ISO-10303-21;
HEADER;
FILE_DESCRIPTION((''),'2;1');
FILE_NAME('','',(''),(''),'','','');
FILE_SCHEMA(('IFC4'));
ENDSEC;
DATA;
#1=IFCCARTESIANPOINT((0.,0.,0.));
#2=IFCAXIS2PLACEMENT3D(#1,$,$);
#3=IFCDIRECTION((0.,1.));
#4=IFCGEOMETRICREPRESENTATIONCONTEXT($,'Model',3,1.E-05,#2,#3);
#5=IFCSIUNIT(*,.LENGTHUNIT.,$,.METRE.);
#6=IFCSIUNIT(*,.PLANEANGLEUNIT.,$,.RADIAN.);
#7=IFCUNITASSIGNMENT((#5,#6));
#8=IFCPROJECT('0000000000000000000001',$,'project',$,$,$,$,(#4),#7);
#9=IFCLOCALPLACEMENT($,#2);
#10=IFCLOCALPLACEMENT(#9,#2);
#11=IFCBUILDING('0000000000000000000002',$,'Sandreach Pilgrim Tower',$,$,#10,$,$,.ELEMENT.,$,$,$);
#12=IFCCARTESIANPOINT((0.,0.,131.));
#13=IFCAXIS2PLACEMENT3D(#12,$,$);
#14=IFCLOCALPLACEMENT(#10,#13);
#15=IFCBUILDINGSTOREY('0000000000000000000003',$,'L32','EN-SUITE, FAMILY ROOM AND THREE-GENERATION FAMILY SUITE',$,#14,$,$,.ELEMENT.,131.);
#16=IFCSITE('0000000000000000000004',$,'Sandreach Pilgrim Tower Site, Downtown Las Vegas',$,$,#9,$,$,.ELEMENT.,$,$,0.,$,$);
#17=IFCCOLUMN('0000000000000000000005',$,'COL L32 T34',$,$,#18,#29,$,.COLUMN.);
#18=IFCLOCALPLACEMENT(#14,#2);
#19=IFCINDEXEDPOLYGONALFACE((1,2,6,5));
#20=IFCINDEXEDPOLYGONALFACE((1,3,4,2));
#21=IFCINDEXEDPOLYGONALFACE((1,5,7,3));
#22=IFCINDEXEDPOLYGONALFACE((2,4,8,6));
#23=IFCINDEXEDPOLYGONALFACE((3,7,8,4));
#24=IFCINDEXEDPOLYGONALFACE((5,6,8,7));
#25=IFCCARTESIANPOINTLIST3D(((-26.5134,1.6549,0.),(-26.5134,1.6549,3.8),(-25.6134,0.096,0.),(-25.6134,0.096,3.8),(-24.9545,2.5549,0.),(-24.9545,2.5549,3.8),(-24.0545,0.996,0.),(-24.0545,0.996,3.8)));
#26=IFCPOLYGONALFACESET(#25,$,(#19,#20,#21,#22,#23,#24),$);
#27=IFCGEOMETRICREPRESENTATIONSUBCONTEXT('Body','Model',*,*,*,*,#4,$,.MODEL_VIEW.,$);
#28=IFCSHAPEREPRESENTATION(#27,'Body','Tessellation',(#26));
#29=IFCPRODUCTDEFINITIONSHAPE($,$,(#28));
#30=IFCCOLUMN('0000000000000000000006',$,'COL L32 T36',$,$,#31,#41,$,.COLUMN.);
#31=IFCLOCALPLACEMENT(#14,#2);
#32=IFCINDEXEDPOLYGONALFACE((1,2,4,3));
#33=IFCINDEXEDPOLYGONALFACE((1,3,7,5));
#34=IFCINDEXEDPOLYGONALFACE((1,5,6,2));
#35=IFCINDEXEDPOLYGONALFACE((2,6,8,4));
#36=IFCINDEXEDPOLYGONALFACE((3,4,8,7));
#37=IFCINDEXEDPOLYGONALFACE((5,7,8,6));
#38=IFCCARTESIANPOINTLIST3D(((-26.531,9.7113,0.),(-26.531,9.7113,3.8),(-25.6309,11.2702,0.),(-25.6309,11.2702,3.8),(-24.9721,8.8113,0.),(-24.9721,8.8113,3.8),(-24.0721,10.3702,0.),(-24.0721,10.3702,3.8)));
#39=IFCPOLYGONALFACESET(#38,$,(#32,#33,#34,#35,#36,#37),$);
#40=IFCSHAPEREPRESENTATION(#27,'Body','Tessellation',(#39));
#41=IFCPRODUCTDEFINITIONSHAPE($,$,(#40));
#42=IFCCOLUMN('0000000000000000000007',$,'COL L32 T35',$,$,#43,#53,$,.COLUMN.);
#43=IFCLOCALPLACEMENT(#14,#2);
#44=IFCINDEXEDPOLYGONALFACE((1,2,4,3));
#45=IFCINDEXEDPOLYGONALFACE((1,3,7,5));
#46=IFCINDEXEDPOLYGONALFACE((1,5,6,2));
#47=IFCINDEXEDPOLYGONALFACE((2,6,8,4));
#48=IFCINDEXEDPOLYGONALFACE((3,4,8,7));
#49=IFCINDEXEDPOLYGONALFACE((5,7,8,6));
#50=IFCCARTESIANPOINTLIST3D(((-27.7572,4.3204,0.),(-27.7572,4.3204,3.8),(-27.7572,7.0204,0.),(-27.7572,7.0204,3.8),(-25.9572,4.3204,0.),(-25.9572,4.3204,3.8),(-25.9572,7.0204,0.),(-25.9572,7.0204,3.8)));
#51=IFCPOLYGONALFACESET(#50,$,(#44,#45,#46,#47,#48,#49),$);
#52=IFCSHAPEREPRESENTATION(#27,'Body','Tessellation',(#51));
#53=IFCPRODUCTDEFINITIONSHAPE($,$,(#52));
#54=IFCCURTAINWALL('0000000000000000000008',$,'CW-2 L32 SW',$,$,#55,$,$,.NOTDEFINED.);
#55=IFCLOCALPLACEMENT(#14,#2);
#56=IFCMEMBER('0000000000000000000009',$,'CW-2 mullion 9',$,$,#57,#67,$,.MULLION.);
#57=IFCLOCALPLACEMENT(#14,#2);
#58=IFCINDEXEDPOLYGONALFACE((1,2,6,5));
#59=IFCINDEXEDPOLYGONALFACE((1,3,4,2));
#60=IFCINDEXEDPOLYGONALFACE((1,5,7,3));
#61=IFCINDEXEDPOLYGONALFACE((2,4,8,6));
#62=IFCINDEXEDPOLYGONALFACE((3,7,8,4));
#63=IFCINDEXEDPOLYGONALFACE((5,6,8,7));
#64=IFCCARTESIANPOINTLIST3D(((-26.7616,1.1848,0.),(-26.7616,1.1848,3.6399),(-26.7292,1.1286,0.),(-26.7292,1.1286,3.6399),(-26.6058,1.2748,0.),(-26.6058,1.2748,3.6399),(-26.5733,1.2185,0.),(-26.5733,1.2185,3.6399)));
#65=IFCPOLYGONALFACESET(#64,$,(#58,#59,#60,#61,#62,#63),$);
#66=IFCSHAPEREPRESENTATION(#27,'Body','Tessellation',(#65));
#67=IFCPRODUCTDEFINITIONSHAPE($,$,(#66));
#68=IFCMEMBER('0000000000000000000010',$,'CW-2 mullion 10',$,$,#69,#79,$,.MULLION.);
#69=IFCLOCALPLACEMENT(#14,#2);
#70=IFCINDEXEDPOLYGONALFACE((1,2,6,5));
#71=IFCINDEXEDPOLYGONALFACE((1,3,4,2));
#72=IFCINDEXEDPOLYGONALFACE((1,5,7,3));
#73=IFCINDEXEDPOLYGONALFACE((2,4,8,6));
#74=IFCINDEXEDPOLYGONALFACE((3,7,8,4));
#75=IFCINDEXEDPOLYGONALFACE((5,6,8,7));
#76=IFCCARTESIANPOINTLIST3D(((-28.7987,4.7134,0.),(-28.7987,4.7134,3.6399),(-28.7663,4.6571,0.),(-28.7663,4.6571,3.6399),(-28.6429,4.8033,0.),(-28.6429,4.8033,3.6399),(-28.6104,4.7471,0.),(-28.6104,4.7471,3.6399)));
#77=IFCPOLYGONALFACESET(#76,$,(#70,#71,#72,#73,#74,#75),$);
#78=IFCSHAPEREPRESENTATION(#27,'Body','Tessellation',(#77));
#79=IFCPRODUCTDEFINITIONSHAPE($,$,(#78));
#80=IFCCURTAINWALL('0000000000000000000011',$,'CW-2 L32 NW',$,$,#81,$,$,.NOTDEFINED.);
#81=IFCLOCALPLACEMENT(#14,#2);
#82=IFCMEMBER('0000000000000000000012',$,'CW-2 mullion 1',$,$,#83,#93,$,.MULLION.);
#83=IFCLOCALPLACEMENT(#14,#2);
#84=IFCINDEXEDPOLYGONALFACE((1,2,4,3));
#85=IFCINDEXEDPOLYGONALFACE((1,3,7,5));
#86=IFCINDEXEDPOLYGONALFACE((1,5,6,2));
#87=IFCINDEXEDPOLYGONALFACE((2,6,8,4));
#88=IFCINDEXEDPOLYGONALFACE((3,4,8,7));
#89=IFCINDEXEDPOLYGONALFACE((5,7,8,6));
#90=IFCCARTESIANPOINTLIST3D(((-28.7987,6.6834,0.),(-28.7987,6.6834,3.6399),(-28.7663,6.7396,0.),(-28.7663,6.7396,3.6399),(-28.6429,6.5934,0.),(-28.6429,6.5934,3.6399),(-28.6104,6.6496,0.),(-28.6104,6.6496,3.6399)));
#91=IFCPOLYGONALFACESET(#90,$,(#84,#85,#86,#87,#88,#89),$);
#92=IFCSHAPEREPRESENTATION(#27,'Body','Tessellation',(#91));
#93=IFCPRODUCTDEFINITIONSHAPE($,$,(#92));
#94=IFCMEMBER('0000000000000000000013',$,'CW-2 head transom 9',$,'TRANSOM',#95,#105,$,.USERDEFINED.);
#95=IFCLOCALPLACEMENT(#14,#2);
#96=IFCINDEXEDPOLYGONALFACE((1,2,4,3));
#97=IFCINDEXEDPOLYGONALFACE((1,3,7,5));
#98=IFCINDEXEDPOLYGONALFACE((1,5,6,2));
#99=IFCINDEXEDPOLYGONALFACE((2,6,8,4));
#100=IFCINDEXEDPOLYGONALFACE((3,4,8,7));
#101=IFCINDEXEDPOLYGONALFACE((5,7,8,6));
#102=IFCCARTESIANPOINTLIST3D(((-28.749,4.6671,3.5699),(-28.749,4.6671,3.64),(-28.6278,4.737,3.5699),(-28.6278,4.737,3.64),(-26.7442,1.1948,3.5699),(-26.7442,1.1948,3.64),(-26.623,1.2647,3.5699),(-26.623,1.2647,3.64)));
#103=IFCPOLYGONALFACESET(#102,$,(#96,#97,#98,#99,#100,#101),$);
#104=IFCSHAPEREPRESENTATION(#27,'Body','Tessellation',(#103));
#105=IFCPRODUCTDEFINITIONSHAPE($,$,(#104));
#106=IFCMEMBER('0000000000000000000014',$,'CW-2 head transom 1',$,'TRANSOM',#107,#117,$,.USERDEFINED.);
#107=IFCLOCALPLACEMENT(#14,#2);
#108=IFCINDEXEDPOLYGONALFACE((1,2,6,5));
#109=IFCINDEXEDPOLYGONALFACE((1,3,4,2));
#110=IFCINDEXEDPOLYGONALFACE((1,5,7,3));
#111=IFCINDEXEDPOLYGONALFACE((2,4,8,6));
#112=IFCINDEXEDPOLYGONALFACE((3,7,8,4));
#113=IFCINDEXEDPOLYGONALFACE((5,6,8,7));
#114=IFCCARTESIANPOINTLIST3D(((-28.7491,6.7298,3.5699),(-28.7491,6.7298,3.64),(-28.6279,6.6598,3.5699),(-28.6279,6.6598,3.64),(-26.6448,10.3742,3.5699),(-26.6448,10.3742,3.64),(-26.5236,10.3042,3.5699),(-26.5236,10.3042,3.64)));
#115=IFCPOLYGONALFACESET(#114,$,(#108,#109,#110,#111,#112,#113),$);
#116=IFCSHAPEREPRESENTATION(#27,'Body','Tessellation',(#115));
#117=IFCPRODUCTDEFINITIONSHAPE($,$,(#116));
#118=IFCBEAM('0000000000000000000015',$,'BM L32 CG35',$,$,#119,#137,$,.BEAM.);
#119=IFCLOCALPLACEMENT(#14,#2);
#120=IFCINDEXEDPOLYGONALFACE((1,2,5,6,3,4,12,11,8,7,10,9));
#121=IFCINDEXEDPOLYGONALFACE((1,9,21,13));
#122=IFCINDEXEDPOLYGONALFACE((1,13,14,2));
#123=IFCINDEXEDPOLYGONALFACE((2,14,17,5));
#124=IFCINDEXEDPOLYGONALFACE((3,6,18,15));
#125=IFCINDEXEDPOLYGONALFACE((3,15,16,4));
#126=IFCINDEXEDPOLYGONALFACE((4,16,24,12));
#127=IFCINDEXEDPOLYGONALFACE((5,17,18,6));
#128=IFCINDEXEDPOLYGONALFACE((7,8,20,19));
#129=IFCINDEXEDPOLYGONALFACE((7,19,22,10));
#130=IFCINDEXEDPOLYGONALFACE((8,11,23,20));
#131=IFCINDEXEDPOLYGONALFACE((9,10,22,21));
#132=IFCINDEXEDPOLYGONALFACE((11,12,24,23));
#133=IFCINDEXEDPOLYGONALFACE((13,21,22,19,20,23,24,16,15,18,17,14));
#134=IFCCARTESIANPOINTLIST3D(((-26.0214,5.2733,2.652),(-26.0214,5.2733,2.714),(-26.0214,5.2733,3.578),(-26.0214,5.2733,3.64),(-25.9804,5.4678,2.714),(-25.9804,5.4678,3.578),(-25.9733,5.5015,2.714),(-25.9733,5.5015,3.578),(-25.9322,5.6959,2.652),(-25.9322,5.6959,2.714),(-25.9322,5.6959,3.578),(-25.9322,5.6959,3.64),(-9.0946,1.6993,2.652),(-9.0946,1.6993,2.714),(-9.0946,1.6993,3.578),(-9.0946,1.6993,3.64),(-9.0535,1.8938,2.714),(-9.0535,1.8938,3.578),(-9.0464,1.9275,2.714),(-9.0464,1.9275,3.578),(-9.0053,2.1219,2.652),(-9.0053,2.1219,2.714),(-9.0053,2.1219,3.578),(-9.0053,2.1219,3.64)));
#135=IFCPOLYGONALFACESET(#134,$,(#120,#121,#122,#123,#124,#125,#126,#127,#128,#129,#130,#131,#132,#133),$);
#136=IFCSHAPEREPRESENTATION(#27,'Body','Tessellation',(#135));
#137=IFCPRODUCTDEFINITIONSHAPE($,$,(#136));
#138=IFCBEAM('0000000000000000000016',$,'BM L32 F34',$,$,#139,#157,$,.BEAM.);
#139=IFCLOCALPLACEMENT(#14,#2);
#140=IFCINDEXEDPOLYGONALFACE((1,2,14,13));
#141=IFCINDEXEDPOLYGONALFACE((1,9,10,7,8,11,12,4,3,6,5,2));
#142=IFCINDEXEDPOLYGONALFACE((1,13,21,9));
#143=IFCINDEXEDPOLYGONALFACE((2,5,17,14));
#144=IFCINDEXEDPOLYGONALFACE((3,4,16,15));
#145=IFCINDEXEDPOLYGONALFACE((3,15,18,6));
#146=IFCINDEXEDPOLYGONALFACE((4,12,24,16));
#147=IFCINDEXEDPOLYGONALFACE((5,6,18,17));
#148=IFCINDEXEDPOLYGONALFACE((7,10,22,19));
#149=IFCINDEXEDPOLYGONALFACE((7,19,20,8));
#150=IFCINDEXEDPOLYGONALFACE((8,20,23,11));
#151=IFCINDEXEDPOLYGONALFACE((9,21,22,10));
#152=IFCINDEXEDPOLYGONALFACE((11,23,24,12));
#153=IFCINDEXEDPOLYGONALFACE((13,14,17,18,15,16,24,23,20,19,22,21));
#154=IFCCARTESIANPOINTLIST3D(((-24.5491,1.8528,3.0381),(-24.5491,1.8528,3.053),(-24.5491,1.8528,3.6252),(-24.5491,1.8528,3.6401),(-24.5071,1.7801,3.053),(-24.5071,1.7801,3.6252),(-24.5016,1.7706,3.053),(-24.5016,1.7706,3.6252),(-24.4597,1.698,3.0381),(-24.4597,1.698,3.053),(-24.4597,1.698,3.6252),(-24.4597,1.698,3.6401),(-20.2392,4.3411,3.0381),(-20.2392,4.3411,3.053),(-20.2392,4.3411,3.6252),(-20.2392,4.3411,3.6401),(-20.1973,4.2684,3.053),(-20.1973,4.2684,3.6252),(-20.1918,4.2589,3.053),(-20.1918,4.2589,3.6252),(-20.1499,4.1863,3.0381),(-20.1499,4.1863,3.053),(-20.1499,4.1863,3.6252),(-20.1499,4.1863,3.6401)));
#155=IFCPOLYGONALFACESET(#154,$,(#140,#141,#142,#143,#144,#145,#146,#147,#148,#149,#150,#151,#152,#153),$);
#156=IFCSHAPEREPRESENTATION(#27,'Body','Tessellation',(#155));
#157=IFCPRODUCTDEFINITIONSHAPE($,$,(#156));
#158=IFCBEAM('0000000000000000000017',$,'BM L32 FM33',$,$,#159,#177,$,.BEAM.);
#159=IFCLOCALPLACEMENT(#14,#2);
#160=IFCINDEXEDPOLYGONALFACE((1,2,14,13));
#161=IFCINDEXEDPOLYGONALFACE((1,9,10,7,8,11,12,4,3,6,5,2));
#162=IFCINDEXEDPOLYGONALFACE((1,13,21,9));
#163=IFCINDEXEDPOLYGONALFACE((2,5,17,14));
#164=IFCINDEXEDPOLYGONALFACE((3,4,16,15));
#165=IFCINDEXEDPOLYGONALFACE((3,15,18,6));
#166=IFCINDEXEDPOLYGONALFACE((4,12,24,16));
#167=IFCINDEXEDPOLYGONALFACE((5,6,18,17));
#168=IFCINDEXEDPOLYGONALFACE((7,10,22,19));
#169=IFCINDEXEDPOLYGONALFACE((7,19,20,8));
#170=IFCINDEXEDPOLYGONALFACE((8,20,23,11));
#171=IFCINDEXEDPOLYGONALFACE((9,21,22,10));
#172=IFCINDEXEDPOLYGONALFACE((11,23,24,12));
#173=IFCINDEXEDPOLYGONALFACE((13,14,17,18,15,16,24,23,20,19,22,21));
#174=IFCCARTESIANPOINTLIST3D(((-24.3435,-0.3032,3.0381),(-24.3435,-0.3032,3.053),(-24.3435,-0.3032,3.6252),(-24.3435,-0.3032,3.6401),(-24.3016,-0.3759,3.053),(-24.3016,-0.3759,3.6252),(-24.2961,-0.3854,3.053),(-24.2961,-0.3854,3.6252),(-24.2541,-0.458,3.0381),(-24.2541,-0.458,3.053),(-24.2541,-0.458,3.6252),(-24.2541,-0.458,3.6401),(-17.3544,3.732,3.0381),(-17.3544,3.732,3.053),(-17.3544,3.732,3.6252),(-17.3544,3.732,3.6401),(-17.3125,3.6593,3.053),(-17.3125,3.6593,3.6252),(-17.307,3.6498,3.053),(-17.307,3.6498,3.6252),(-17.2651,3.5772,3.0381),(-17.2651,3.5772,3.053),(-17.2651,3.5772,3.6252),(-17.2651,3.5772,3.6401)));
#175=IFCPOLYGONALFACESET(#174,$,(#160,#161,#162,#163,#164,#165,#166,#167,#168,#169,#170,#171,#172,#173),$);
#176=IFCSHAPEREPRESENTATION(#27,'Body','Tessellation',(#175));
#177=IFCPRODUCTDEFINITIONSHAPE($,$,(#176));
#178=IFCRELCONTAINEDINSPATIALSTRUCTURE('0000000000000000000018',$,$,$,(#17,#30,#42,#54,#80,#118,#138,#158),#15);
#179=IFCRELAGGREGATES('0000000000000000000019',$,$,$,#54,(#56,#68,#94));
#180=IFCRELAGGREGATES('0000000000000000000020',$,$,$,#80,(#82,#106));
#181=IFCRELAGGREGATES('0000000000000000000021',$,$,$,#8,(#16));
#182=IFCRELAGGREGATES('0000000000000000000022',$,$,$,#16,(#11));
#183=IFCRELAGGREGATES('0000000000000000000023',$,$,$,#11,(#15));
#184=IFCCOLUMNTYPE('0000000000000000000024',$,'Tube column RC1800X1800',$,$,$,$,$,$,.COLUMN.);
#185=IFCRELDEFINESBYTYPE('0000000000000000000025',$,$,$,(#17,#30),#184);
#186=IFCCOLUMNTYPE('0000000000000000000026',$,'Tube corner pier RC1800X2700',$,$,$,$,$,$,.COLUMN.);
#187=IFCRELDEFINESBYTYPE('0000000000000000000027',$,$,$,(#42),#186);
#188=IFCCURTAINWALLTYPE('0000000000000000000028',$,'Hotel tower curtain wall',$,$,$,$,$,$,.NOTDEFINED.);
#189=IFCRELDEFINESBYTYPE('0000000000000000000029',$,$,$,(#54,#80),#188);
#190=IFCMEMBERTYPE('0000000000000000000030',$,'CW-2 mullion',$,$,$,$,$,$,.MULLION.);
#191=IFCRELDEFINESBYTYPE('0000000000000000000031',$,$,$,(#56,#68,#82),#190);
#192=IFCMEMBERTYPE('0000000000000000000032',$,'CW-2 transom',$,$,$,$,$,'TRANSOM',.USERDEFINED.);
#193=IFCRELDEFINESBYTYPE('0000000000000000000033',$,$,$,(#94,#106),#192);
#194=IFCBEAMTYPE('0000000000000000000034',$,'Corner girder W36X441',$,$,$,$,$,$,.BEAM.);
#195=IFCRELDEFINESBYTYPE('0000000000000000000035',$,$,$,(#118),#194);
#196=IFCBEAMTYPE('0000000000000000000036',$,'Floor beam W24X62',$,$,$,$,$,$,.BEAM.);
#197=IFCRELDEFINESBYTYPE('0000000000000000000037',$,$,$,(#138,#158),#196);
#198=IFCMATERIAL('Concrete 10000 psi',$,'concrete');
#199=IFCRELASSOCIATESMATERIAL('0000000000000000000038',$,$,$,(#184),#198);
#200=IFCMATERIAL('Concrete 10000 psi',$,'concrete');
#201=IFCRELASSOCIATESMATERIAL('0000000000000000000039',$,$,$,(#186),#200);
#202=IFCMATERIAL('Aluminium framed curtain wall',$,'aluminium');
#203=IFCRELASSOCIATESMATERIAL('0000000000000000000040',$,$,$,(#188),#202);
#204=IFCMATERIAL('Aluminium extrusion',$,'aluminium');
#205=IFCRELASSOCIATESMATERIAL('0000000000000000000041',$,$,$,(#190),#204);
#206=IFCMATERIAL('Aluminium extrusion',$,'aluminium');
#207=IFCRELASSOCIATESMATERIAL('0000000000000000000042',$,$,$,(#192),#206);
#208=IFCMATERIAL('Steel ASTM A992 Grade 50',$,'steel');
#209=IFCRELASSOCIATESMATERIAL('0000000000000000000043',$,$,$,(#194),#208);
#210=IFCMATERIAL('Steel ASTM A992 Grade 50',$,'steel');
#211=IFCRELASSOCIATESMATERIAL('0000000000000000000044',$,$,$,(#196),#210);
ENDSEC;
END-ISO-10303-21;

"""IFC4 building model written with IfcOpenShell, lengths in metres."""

from ifc_helpers import new_model, si_unit, direction, frame, origin, origin_2d, place, context, subcontext, project, spatial, rectangle, i_section, extrude, material, material_profile, profile_set, type_object, element, aggregate, save


model = new_model("IFC4")

# Units and contexts
model_context = context("Model", 3, precision=1e-05, world=origin(), true_north=direction((0.0, 1.0)))
body_context = subcontext(model_context, "Body", "Model", "MODEL_VIEW")
ifc_project = project(units=[si_unit("LENGTHUNIT", "METRE"), si_unit("PLANEANGLEUNIT", "RADIAN")], contexts=[model_context])

# Site, building, storey
site_placement = place(None, origin())
site = spatial("IfcSite", under=ifc_project, at=site_placement, Name="Sandreach Pilgrim Tower Site, Downtown Las Vegas", CompositionType="ELEMENT", RefElevation=0.0)
building_placement = place(site_placement, origin())
building = spatial("IfcBuilding", under=site, at=building_placement, Name="Sandreach Pilgrim Tower", CompositionType="ELEMENT")
storey_placement = place(building_placement, frame((0.0, 0.0, 131.0)))
storey = spatial("IfcBuildingStorey", under=building, at=storey_placement, Name="L32", Description="EN-SUITE, FAMILY ROOM AND THREE-GENERATION FAMILY SUITE", CompositionType="ELEMENT", Elevation=131.0)

# Columns
ifc_material_1 = material(Name="Concrete 10000 psi", Category="concrete")
ifc_material_profile_1 = material_profile(ifc_material_1, rectangle(XDim=1.8, YDim=1.8, at=origin_2d()), Name="RC1800X1800")
ifc_profile_set_1 = profile_set([ifc_material_profile_1], Name="Concrete 10000 psi")
column_type_1 = type_object("IfcColumnType", Name="Tube column RC1800X1800", PredefinedType="COLUMN", material=ifc_profile_set_1)
for number, where, z_axis, x_axis, name in (
    (1, (-25.2839, 1.3254, 0.0), (0.0, 0.0, 1.0), (-0.866025, -0.5, 0.0), "COL L32 T34"),
    (2, (-25.3015, 10.0408, 0.0), (0.0, 0.0, 1.0), (-0.866025, 0.5, 0.0), "COL L32 T36"),
):
    element("IfcColumn", number, at=place(storey_placement, frame(where, z_axis=z_axis, x_axis=x_axis)), inside=storey, type_object=column_type_1, Name=name, PredefinedType="COLUMN", context=body_context, shape_type="SweptSolid", body=[
        extrude(rectangle(XDim=1.8, YDim=1.8, at=origin_2d()), origin(), (0.0, 0.0, 1.0), 3.8),
    ])
ifc_material_2 = material(Name="Concrete 10000 psi", Category="concrete")
ifc_material_profile_2 = material_profile(ifc_material_2, rectangle(XDim=1.8, YDim=2.7, at=origin_2d()), Name="RC1800X2700")
ifc_profile_set_2 = profile_set([ifc_material_profile_2], Name="Concrete 10000 psi")
column_type_2 = type_object("IfcColumnType", Name="Tube corner pier RC1800X2700", PredefinedType="COLUMN", material=ifc_profile_set_2)
column_placement = place(storey_placement, frame((-26.8572, 5.6704, 0.0), z_axis=(0.0, 0.0, 1.0), x_axis=(-1.0, 0.0, 0.0)))
element("IfcColumn", 3, at=column_placement, inside=storey, type_object=column_type_2, Name="COL L32 T35", PredefinedType="COLUMN", context=body_context, shape_type="SweptSolid", body=[
    extrude(rectangle(XDim=1.8, YDim=2.7, at=origin_2d()), origin(), (0.0, 0.0, 1.0), 3.8),
])

# Curtain wall, members
ifc_material_3 = material(Name="Aluminium framed curtain wall", Category="aluminium")
curtain_wall_type = type_object("IfcCurtainWallType", Name="Hotel tower curtain wall", PredefinedType="NOTDEFINED", material=ifc_material_3)
curtain_wall_1_placement = place(storey_placement, origin())
curtain_wall_1 = element("IfcCurtainWall", 4, at=curtain_wall_1_placement, inside=storey, type_object=curtain_wall_type, Name="CW-2 L32 SW", PredefinedType="NOTDEFINED")
ifc_material_4 = material(Name="Aluminium extrusion", Category="aluminium")
ifc_material_profile_3 = material_profile(ifc_material_4, rectangle(XDim=0.0649, YDim=0.1799, at=origin_2d()), Name="CW-2M 65X180")
ifc_profile_set_3 = profile_set([ifc_material_profile_3], Name="Aluminium extrusion")
member_type_1 = type_object("IfcMemberType", Name="CW-2 mullion", PredefinedType="MULLION", material=ifc_profile_set_3)
member_1_placement = place(storey_placement, frame((-26.6675, 1.2017, 0.0), z_axis=(0.0, 0.0, 1.0), x_axis=(-0.5, 0.866025, 0.0)))
member_1 = element("IfcMember", 5, at=member_1_placement, type_object=member_type_1, Name="CW-2 mullion 9", PredefinedType="MULLION", context=body_context, shape_type="SweptSolid", body=[
    extrude(rectangle(XDim=0.0649, YDim=0.1799, at=origin_2d()), origin(), (0.0, 0.0, 1.0), 3.6399),
])
member_2_placement = place(storey_placement, frame((-28.7046, 4.7302, 0.0), z_axis=(0.0, 0.0, 1.0), x_axis=(-0.5, 0.866025, 0.0)))
member_2 = element("IfcMember", 6, at=member_2_placement, type_object=member_type_1, Name="CW-2 mullion 10", PredefinedType="MULLION", context=body_context, shape_type="SweptSolid", body=[
    extrude(rectangle(XDim=0.0649, YDim=0.1799, at=origin_2d()), origin(), (0.0, 0.0, 1.0), 3.6399),
])

# Curtain wall, member
curtain_wall_2_placement = place(storey_placement, origin())
curtain_wall_2 = element("IfcCurtainWall", 7, at=curtain_wall_2_placement, inside=storey, type_object=curtain_wall_type, Name="CW-2 L32 NW", PredefinedType="NOTDEFINED")
member_3_placement = place(storey_placement, frame((-28.7046, 6.6665, 0.0), z_axis=(0.0, 0.0, 1.0), x_axis=(0.5, 0.866025, 0.0)))
member_3 = element("IfcMember", 8, at=member_3_placement, type_object=member_type_1, Name="CW-2 mullion 1", PredefinedType="MULLION", context=body_context, shape_type="SweptSolid", body=[
    extrude(rectangle(XDim=0.0649, YDim=0.1799, at=origin_2d()), origin(), (0.0, 0.0, 1.0), 3.6399),
])

# Members
ifc_material_5 = material(Name="Aluminium extrusion", Category="aluminium")
ifc_material_profile_4 = material_profile(ifc_material_5, rectangle(XDim=0.1399, YDim=0.0701, at=origin_2d()), Name="CW-2T 140X70")
ifc_profile_set_4 = profile_set([ifc_material_profile_4], Name="Aluminium extrusion")
member_type_2 = type_object("IfcMemberType", Name="CW-2 transom", ElementType="TRANSOM", PredefinedType="USERDEFINED", material=ifc_profile_set_4)
member_4_placement = place(storey_placement, frame((-26.6836, 1.2297, 3.605), z_axis=(-0.500016, 0.866016, 0.0), x_axis=(-0.866016, -0.500016, 0.0)))
member_4 = element("IfcMember", 9, at=member_4_placement, type_object=member_type_2, Name="CW-2 head transom 9", ObjectType="TRANSOM", PredefinedType="USERDEFINED", context=body_context, shape_type="SweptSolid", body=[
    extrude(rectangle(XDim=0.1399, YDim=0.0701, at=origin_2d()), origin(), (0.0, 0.0, 1.0), 4.0095),
])
member_5_placement = place(storey_placement, frame((-28.6885, 6.6948, 3.605), z_axis=(0.500039, 0.866003, 0.0), x_axis=(-0.866003, 0.500039, 0.0)))
member_5 = element("IfcMember", 10, at=member_5_placement, type_object=member_type_2, Name="CW-2 head transom 1", ObjectType="TRANSOM", PredefinedType="USERDEFINED", context=body_context, shape_type="SweptSolid", body=[
    extrude(rectangle(XDim=0.1399, YDim=0.0701, at=origin_2d()), origin(), (0.0, 0.0, 1.0), 4.2083),
])

# Beams
ifc_material_6 = material(Name="Steel ASTM A992 Grade 50", Category="steel")
ifc_material_profile_5 = material_profile(ifc_material_6, i_section(OverallWidth=0.4319, OverallDepth=0.988, WebThickness=0.0344, FlangeThickness=0.062, at=origin_2d()), Name="W36X441")
ifc_profile_set_5 = profile_set([ifc_material_profile_5], Name="Steel ASTM A992 Grade 50")
beam_type_1 = type_object("IfcBeamType", Name="Corner girder W36X441", PredefinedType="BEAM", material=ifc_profile_set_5)
beam_1_placement = place(storey_placement, frame((-25.9768, 5.4846, 3.146), z_axis=(0.978428, -0.206589, 0.0), x_axis=(0.206589, 0.978428, 0.0)))
element("IfcBeam", 11, at=beam_1_placement, inside=storey, type_object=beam_type_1, Name="BM L32 CG35", PredefinedType="BEAM", context=body_context, shape_type="SweptSolid", body=[
    extrude(i_section(OverallWidth=0.4319, OverallDepth=0.988, WebThickness=0.0344, FlangeThickness=0.062, at=origin_2d()), origin(), (0.0, 0.0, 1.0), 17.3),
])
ifc_material_7 = material(Name="Steel ASTM A992 Grade 50", Category="steel")
ifc_material_profile_6 = material_profile(ifc_material_7, i_section(OverallWidth=0.1787, OverallDepth=0.6021, WebThickness=0.011, FlangeThickness=0.0149, at=origin_2d()), Name="W24X62")
ifc_profile_set_6 = profile_set([ifc_material_profile_6], Name="Steel ASTM A992 Grade 50")
beam_type_2 = type_object("IfcBeamType", Name="Floor beam W24X62", PredefinedType="BEAM", material=ifc_profile_set_6)
beam_2_placement = place(storey_placement, frame((-24.5044, 1.7754, 3.3391), z_axis=(0.866025, 0.500001, 0.0), x_axis=(-0.500001, 0.866025, 0.0)))
element("IfcBeam", 12, at=beam_2_placement, inside=storey, type_object=beam_type_2, Name="BM L32 F34", PredefinedType="BEAM", context=body_context, shape_type="SweptSolid", body=[
    extrude(i_section(OverallWidth=0.1787, OverallDepth=0.6021, WebThickness=0.011, FlangeThickness=0.0149, at=origin_2d()), origin(), (0.0, 0.0, 1.0), 4.9766),
])
beam_3_placement = place(storey_placement, frame((-24.2988, -0.3806, 3.3391), z_axis=(0.866023, 0.500004, 0.0), x_axis=(-0.500004, 0.866023, 0.0)))
element("IfcBeam", 13, at=beam_3_placement, inside=storey, type_object=beam_type_2, Name="BM L32 FM33", PredefinedType="BEAM", context=body_context, shape_type="SweptSolid", body=[
    extrude(i_section(OverallWidth=0.1787, OverallDepth=0.6021, WebThickness=0.011, FlangeThickness=0.0149, at=origin_2d()), origin(), (0.0, 0.0, 1.0), 8.0703),
])

aggregate(curtain_wall_1, [member_1, member_2, member_4])
aggregate(curtain_wall_2, [member_3, member_5])

save(model, "model.ifc")
